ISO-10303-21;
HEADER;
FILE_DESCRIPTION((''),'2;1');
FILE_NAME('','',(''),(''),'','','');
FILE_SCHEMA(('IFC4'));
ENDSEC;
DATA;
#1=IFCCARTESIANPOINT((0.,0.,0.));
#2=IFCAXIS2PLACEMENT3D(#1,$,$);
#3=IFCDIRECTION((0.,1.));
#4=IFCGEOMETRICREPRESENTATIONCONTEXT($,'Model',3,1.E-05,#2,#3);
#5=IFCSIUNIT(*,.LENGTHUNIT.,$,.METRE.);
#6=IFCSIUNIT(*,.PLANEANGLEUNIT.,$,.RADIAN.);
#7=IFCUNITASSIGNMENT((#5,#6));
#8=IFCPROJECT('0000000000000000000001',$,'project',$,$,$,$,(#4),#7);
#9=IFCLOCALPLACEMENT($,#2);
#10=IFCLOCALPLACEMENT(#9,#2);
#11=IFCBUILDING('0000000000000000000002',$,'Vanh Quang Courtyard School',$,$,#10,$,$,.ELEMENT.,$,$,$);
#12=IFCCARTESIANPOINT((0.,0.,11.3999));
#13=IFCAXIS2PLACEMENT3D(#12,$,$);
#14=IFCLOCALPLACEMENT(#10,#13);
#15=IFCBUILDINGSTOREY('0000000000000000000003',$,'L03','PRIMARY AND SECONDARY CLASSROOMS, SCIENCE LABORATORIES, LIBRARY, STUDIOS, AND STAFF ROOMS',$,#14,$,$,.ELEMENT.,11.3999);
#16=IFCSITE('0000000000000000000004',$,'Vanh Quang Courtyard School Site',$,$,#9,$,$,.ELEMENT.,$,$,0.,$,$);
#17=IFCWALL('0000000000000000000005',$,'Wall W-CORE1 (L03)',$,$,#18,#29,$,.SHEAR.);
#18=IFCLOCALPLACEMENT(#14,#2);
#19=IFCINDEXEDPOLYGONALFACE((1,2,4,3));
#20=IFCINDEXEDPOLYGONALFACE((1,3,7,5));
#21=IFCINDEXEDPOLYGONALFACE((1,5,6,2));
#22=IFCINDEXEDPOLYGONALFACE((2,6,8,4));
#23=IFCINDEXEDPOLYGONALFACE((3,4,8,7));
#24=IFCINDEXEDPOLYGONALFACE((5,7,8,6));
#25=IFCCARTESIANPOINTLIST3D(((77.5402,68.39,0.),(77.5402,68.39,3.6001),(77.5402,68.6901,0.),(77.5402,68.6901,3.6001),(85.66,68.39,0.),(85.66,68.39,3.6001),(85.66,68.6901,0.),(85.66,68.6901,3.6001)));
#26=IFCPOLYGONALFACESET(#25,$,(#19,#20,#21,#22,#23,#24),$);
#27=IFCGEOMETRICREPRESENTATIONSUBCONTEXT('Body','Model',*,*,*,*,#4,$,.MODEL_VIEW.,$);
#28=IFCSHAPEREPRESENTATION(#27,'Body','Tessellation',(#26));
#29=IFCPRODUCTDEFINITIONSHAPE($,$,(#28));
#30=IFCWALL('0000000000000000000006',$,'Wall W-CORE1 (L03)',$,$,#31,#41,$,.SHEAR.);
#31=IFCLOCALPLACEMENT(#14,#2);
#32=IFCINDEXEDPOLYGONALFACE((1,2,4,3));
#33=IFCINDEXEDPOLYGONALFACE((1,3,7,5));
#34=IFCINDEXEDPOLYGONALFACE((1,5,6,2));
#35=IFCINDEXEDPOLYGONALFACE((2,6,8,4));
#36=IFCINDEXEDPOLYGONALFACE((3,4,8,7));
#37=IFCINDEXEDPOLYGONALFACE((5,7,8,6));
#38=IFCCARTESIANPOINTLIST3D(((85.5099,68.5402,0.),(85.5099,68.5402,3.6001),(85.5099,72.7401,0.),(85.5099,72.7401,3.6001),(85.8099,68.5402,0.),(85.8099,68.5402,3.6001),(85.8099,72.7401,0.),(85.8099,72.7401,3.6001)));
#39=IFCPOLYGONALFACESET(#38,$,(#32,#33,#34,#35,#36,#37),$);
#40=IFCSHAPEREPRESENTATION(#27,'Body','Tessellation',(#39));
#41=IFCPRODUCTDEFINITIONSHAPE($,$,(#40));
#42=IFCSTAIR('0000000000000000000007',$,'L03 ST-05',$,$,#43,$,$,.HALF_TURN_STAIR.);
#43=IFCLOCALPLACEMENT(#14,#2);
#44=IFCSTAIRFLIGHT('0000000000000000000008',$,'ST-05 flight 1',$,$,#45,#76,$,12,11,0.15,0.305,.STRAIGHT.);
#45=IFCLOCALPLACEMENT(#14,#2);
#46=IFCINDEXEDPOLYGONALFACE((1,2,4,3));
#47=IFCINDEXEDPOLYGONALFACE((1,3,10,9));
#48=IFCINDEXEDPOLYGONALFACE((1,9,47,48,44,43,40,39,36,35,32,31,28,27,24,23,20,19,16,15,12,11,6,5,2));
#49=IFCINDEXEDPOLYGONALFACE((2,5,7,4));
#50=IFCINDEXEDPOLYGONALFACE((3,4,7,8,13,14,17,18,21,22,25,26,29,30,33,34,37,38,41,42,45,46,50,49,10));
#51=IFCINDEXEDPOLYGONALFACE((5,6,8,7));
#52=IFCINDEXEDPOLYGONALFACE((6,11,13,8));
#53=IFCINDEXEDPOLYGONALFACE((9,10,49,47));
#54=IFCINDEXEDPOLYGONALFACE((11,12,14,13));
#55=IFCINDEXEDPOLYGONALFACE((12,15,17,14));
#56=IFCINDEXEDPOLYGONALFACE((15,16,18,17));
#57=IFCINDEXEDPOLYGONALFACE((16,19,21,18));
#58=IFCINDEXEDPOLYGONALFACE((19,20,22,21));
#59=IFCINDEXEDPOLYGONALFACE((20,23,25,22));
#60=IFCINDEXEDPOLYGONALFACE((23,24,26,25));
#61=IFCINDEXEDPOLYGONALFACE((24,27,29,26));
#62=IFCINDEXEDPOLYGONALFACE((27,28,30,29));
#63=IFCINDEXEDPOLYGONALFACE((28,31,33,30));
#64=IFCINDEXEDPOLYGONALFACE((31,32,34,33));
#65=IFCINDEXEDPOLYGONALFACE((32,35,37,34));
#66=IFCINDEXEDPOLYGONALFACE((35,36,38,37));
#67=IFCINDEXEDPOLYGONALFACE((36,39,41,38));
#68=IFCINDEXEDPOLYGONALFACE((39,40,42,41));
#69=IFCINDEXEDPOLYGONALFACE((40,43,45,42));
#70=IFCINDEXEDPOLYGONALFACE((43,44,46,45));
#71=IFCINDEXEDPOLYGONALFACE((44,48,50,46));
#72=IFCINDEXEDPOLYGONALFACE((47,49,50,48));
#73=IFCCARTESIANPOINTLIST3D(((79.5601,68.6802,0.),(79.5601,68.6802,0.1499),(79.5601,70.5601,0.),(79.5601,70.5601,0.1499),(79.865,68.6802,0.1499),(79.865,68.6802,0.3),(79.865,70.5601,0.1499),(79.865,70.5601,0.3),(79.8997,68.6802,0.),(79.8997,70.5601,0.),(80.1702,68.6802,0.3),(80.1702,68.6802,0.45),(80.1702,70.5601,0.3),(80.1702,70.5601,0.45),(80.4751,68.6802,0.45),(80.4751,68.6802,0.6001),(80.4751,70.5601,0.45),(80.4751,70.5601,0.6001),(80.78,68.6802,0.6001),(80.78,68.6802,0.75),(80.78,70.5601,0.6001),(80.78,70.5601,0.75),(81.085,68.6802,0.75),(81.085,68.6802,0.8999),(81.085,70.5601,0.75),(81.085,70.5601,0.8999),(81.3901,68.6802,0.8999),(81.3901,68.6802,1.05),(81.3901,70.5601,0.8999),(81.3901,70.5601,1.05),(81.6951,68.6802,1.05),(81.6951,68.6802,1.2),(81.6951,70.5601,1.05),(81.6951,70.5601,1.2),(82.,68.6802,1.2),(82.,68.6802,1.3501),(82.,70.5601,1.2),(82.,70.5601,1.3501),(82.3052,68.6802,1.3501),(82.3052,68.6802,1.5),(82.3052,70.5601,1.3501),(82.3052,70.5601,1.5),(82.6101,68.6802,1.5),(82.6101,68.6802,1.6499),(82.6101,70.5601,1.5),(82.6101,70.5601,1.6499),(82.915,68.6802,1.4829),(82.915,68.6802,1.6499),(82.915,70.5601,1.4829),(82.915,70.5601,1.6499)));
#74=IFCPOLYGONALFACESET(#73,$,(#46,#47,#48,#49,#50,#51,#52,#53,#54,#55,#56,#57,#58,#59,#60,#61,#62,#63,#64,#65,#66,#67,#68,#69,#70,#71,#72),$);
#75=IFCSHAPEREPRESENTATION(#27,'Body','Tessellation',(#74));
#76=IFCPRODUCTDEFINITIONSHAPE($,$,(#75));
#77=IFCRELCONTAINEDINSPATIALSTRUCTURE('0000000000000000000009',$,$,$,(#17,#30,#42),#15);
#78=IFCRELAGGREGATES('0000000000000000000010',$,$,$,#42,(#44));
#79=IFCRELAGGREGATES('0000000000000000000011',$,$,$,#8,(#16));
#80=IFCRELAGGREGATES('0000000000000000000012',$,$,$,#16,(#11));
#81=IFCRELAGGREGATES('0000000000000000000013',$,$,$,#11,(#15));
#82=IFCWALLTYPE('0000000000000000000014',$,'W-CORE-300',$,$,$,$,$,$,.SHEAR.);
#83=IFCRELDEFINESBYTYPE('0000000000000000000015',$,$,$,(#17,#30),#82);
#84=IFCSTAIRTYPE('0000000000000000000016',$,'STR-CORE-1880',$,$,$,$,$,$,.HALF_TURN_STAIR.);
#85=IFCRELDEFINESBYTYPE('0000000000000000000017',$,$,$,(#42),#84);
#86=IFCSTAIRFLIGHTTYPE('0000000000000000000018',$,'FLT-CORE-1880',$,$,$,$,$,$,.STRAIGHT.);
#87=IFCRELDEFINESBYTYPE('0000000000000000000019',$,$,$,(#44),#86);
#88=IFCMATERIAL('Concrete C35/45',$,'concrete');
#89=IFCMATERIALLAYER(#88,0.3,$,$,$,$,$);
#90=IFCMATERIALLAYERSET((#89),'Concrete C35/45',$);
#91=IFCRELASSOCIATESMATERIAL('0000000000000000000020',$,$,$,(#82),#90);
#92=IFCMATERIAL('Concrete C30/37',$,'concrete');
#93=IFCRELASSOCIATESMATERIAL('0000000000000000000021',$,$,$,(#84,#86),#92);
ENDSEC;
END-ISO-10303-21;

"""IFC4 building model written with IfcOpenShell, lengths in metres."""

from ifc_helpers import new_model, si_unit, direction, frame, frame_2d, origin, place, context, subcontext, project, spatial, polyline, rectangle, outline, extrude, material, layer, layer_set, type_object, element, aggregate, save


model = new_model("IFC4")

# Units and contexts
model_context = context("Model", 3, precision=1e-05, world=origin(), true_north=direction((0.0, 1.0)))
body_context = subcontext(model_context, "Body", "Model", "MODEL_VIEW")
ifc_project = project(units=[si_unit("LENGTHUNIT", "METRE"), si_unit("PLANEANGLEUNIT", "RADIAN")], contexts=[model_context])

# Site, building, storey
site_placement = place(None, origin())
site = spatial("IfcSite", under=ifc_project, at=site_placement, Name="Vanh Quang Courtyard School Site", CompositionType="ELEMENT", RefElevation=0.0)
building_placement = place(site_placement, origin())
building = spatial("IfcBuilding", under=site, at=building_placement, Name="Vanh Quang Courtyard School", CompositionType="ELEMENT")
storey_placement = place(building_placement, frame((0.0, 0.0, 11.3999)))
storey = spatial("IfcBuildingStorey", under=building, at=storey_placement, Name="L03", Description="PRIMARY AND SECONDARY CLASSROOMS, SCIENCE LABORATORIES, LIBRARY, STUDIOS, AND STAFF ROOMS", CompositionType="ELEMENT", Elevation=11.3999)

# Shared definitions
ifc_material_1 = material(Name="Concrete C35/45", Category="concrete")

# Walls
ifc_layer_1 = layer(ifc_material_1, 0.3)
ifc_layer_set_1 = layer_set([ifc_layer_1], Name="Concrete C35/45")
wall_type = type_object("IfcWallType", Name="W-CORE-300", PredefinedType="SHEAR", material=ifc_layer_set_1)
wall_1_placement = place(storey_placement, frame((77.54, 68.54, 0.0), z_axis=(0.0, 0.0, 1.0), x_axis=(1.0, 0.0, 0.0)))
element("IfcWall", 1, at=wall_1_placement, inside=storey, type_object=wall_type, Name="Wall W-CORE1 (L03)", PredefinedType="SHEAR", context=body_context, shape_type="SweptSolid", body=[
    extrude(rectangle(XDim=8.1199, YDim=0.3, at=frame_2d((4.0601, 0.0))), origin(), (0.0, 0.0, 1.0), 3.6001),
])
wall_2_placement = place(storey_placement, frame((85.6599, 68.54, 0.0), z_axis=(0.0, 0.0, 1.0), x_axis=(0.0, 1.0, 0.0)))
element("IfcWall", 2, at=wall_2_placement, inside=storey, type_object=wall_type, Name="Wall W-CORE1 (L03)", PredefinedType="SHEAR", context=body_context, shape_type="SweptSolid", body=[
    extrude(rectangle(XDim=4.2, YDim=0.3, at=frame_2d((2.1001, 0.0))), origin(), (0.0, 0.0, 1.0), 3.6001),
])

# Stair, stair flight
ifc_material_2 = material(Name="Concrete C30/37", Category="concrete")
stair_type = type_object("IfcStairType", Name="STR-CORE-1880", PredefinedType="HALF_TURN_STAIR", material=ifc_material_2)
stair_placement = place(storey_placement, origin())
stair = element("IfcStair", 3, at=stair_placement, inside=storey, type_object=stair_type, Name="L03 ST-05", PredefinedType="HALF_TURN_STAIR")
stair_flight_type = type_object("IfcStairFlightType", Name="FLT-CORE-1880", PredefinedType="STRAIGHT", material=ifc_material_2)
stair_flight_placement = place(storey_placement, frame((79.5601, 69.6201, 0.0), z_axis=(0.0, 0.0, 1.0), x_axis=(1.0, 0.0, 0.0)))
stair_flight = element("IfcStairFlight", 4, at=stair_flight_placement, type_object=stair_flight_type, Name="ST-05 flight 1", NumberOfRisers=12, NumberOfTreads=11, PredefinedType="STRAIGHT", RiserHeight=0.15, TreadLength=0.305, context=body_context, shape_type="SweptSolid", body=[
    extrude(outline(polyline([(0.0, 0.0), (0.0, 0.1499), (0.3049, 0.1499), (0.3049, 0.3), (0.6101, 0.3), (0.6101, 0.45), (0.915, 0.45), (0.915, 0.6001), (1.22, 0.6001), (1.22, 0.75), (1.5249, 0.75), (1.5249, 0.8999), (1.8301, 0.8999), (1.8301, 1.05), (2.135, 1.05), (2.135, 1.2), (2.4399, 1.2), (2.4399, 1.3501), (2.7451, 1.3501), (2.7451, 1.5), (3.05, 1.5), (3.05, 1.6499), (3.355, 1.6499), (3.355, 1.8), (3.355, 1.4829), (0.3396, 0.0), (0.0, 0.0)])), frame((0.0, 0.9399, 0.0), z_axis=(0.0, -1.0, 0.0), x_axis=(1.0, 0.0, 0.0)), (0.0, 0.0, 1.0), 1.8799),
])
aggregate(stair, [stair_flight])

save(model, "model.ifc")
